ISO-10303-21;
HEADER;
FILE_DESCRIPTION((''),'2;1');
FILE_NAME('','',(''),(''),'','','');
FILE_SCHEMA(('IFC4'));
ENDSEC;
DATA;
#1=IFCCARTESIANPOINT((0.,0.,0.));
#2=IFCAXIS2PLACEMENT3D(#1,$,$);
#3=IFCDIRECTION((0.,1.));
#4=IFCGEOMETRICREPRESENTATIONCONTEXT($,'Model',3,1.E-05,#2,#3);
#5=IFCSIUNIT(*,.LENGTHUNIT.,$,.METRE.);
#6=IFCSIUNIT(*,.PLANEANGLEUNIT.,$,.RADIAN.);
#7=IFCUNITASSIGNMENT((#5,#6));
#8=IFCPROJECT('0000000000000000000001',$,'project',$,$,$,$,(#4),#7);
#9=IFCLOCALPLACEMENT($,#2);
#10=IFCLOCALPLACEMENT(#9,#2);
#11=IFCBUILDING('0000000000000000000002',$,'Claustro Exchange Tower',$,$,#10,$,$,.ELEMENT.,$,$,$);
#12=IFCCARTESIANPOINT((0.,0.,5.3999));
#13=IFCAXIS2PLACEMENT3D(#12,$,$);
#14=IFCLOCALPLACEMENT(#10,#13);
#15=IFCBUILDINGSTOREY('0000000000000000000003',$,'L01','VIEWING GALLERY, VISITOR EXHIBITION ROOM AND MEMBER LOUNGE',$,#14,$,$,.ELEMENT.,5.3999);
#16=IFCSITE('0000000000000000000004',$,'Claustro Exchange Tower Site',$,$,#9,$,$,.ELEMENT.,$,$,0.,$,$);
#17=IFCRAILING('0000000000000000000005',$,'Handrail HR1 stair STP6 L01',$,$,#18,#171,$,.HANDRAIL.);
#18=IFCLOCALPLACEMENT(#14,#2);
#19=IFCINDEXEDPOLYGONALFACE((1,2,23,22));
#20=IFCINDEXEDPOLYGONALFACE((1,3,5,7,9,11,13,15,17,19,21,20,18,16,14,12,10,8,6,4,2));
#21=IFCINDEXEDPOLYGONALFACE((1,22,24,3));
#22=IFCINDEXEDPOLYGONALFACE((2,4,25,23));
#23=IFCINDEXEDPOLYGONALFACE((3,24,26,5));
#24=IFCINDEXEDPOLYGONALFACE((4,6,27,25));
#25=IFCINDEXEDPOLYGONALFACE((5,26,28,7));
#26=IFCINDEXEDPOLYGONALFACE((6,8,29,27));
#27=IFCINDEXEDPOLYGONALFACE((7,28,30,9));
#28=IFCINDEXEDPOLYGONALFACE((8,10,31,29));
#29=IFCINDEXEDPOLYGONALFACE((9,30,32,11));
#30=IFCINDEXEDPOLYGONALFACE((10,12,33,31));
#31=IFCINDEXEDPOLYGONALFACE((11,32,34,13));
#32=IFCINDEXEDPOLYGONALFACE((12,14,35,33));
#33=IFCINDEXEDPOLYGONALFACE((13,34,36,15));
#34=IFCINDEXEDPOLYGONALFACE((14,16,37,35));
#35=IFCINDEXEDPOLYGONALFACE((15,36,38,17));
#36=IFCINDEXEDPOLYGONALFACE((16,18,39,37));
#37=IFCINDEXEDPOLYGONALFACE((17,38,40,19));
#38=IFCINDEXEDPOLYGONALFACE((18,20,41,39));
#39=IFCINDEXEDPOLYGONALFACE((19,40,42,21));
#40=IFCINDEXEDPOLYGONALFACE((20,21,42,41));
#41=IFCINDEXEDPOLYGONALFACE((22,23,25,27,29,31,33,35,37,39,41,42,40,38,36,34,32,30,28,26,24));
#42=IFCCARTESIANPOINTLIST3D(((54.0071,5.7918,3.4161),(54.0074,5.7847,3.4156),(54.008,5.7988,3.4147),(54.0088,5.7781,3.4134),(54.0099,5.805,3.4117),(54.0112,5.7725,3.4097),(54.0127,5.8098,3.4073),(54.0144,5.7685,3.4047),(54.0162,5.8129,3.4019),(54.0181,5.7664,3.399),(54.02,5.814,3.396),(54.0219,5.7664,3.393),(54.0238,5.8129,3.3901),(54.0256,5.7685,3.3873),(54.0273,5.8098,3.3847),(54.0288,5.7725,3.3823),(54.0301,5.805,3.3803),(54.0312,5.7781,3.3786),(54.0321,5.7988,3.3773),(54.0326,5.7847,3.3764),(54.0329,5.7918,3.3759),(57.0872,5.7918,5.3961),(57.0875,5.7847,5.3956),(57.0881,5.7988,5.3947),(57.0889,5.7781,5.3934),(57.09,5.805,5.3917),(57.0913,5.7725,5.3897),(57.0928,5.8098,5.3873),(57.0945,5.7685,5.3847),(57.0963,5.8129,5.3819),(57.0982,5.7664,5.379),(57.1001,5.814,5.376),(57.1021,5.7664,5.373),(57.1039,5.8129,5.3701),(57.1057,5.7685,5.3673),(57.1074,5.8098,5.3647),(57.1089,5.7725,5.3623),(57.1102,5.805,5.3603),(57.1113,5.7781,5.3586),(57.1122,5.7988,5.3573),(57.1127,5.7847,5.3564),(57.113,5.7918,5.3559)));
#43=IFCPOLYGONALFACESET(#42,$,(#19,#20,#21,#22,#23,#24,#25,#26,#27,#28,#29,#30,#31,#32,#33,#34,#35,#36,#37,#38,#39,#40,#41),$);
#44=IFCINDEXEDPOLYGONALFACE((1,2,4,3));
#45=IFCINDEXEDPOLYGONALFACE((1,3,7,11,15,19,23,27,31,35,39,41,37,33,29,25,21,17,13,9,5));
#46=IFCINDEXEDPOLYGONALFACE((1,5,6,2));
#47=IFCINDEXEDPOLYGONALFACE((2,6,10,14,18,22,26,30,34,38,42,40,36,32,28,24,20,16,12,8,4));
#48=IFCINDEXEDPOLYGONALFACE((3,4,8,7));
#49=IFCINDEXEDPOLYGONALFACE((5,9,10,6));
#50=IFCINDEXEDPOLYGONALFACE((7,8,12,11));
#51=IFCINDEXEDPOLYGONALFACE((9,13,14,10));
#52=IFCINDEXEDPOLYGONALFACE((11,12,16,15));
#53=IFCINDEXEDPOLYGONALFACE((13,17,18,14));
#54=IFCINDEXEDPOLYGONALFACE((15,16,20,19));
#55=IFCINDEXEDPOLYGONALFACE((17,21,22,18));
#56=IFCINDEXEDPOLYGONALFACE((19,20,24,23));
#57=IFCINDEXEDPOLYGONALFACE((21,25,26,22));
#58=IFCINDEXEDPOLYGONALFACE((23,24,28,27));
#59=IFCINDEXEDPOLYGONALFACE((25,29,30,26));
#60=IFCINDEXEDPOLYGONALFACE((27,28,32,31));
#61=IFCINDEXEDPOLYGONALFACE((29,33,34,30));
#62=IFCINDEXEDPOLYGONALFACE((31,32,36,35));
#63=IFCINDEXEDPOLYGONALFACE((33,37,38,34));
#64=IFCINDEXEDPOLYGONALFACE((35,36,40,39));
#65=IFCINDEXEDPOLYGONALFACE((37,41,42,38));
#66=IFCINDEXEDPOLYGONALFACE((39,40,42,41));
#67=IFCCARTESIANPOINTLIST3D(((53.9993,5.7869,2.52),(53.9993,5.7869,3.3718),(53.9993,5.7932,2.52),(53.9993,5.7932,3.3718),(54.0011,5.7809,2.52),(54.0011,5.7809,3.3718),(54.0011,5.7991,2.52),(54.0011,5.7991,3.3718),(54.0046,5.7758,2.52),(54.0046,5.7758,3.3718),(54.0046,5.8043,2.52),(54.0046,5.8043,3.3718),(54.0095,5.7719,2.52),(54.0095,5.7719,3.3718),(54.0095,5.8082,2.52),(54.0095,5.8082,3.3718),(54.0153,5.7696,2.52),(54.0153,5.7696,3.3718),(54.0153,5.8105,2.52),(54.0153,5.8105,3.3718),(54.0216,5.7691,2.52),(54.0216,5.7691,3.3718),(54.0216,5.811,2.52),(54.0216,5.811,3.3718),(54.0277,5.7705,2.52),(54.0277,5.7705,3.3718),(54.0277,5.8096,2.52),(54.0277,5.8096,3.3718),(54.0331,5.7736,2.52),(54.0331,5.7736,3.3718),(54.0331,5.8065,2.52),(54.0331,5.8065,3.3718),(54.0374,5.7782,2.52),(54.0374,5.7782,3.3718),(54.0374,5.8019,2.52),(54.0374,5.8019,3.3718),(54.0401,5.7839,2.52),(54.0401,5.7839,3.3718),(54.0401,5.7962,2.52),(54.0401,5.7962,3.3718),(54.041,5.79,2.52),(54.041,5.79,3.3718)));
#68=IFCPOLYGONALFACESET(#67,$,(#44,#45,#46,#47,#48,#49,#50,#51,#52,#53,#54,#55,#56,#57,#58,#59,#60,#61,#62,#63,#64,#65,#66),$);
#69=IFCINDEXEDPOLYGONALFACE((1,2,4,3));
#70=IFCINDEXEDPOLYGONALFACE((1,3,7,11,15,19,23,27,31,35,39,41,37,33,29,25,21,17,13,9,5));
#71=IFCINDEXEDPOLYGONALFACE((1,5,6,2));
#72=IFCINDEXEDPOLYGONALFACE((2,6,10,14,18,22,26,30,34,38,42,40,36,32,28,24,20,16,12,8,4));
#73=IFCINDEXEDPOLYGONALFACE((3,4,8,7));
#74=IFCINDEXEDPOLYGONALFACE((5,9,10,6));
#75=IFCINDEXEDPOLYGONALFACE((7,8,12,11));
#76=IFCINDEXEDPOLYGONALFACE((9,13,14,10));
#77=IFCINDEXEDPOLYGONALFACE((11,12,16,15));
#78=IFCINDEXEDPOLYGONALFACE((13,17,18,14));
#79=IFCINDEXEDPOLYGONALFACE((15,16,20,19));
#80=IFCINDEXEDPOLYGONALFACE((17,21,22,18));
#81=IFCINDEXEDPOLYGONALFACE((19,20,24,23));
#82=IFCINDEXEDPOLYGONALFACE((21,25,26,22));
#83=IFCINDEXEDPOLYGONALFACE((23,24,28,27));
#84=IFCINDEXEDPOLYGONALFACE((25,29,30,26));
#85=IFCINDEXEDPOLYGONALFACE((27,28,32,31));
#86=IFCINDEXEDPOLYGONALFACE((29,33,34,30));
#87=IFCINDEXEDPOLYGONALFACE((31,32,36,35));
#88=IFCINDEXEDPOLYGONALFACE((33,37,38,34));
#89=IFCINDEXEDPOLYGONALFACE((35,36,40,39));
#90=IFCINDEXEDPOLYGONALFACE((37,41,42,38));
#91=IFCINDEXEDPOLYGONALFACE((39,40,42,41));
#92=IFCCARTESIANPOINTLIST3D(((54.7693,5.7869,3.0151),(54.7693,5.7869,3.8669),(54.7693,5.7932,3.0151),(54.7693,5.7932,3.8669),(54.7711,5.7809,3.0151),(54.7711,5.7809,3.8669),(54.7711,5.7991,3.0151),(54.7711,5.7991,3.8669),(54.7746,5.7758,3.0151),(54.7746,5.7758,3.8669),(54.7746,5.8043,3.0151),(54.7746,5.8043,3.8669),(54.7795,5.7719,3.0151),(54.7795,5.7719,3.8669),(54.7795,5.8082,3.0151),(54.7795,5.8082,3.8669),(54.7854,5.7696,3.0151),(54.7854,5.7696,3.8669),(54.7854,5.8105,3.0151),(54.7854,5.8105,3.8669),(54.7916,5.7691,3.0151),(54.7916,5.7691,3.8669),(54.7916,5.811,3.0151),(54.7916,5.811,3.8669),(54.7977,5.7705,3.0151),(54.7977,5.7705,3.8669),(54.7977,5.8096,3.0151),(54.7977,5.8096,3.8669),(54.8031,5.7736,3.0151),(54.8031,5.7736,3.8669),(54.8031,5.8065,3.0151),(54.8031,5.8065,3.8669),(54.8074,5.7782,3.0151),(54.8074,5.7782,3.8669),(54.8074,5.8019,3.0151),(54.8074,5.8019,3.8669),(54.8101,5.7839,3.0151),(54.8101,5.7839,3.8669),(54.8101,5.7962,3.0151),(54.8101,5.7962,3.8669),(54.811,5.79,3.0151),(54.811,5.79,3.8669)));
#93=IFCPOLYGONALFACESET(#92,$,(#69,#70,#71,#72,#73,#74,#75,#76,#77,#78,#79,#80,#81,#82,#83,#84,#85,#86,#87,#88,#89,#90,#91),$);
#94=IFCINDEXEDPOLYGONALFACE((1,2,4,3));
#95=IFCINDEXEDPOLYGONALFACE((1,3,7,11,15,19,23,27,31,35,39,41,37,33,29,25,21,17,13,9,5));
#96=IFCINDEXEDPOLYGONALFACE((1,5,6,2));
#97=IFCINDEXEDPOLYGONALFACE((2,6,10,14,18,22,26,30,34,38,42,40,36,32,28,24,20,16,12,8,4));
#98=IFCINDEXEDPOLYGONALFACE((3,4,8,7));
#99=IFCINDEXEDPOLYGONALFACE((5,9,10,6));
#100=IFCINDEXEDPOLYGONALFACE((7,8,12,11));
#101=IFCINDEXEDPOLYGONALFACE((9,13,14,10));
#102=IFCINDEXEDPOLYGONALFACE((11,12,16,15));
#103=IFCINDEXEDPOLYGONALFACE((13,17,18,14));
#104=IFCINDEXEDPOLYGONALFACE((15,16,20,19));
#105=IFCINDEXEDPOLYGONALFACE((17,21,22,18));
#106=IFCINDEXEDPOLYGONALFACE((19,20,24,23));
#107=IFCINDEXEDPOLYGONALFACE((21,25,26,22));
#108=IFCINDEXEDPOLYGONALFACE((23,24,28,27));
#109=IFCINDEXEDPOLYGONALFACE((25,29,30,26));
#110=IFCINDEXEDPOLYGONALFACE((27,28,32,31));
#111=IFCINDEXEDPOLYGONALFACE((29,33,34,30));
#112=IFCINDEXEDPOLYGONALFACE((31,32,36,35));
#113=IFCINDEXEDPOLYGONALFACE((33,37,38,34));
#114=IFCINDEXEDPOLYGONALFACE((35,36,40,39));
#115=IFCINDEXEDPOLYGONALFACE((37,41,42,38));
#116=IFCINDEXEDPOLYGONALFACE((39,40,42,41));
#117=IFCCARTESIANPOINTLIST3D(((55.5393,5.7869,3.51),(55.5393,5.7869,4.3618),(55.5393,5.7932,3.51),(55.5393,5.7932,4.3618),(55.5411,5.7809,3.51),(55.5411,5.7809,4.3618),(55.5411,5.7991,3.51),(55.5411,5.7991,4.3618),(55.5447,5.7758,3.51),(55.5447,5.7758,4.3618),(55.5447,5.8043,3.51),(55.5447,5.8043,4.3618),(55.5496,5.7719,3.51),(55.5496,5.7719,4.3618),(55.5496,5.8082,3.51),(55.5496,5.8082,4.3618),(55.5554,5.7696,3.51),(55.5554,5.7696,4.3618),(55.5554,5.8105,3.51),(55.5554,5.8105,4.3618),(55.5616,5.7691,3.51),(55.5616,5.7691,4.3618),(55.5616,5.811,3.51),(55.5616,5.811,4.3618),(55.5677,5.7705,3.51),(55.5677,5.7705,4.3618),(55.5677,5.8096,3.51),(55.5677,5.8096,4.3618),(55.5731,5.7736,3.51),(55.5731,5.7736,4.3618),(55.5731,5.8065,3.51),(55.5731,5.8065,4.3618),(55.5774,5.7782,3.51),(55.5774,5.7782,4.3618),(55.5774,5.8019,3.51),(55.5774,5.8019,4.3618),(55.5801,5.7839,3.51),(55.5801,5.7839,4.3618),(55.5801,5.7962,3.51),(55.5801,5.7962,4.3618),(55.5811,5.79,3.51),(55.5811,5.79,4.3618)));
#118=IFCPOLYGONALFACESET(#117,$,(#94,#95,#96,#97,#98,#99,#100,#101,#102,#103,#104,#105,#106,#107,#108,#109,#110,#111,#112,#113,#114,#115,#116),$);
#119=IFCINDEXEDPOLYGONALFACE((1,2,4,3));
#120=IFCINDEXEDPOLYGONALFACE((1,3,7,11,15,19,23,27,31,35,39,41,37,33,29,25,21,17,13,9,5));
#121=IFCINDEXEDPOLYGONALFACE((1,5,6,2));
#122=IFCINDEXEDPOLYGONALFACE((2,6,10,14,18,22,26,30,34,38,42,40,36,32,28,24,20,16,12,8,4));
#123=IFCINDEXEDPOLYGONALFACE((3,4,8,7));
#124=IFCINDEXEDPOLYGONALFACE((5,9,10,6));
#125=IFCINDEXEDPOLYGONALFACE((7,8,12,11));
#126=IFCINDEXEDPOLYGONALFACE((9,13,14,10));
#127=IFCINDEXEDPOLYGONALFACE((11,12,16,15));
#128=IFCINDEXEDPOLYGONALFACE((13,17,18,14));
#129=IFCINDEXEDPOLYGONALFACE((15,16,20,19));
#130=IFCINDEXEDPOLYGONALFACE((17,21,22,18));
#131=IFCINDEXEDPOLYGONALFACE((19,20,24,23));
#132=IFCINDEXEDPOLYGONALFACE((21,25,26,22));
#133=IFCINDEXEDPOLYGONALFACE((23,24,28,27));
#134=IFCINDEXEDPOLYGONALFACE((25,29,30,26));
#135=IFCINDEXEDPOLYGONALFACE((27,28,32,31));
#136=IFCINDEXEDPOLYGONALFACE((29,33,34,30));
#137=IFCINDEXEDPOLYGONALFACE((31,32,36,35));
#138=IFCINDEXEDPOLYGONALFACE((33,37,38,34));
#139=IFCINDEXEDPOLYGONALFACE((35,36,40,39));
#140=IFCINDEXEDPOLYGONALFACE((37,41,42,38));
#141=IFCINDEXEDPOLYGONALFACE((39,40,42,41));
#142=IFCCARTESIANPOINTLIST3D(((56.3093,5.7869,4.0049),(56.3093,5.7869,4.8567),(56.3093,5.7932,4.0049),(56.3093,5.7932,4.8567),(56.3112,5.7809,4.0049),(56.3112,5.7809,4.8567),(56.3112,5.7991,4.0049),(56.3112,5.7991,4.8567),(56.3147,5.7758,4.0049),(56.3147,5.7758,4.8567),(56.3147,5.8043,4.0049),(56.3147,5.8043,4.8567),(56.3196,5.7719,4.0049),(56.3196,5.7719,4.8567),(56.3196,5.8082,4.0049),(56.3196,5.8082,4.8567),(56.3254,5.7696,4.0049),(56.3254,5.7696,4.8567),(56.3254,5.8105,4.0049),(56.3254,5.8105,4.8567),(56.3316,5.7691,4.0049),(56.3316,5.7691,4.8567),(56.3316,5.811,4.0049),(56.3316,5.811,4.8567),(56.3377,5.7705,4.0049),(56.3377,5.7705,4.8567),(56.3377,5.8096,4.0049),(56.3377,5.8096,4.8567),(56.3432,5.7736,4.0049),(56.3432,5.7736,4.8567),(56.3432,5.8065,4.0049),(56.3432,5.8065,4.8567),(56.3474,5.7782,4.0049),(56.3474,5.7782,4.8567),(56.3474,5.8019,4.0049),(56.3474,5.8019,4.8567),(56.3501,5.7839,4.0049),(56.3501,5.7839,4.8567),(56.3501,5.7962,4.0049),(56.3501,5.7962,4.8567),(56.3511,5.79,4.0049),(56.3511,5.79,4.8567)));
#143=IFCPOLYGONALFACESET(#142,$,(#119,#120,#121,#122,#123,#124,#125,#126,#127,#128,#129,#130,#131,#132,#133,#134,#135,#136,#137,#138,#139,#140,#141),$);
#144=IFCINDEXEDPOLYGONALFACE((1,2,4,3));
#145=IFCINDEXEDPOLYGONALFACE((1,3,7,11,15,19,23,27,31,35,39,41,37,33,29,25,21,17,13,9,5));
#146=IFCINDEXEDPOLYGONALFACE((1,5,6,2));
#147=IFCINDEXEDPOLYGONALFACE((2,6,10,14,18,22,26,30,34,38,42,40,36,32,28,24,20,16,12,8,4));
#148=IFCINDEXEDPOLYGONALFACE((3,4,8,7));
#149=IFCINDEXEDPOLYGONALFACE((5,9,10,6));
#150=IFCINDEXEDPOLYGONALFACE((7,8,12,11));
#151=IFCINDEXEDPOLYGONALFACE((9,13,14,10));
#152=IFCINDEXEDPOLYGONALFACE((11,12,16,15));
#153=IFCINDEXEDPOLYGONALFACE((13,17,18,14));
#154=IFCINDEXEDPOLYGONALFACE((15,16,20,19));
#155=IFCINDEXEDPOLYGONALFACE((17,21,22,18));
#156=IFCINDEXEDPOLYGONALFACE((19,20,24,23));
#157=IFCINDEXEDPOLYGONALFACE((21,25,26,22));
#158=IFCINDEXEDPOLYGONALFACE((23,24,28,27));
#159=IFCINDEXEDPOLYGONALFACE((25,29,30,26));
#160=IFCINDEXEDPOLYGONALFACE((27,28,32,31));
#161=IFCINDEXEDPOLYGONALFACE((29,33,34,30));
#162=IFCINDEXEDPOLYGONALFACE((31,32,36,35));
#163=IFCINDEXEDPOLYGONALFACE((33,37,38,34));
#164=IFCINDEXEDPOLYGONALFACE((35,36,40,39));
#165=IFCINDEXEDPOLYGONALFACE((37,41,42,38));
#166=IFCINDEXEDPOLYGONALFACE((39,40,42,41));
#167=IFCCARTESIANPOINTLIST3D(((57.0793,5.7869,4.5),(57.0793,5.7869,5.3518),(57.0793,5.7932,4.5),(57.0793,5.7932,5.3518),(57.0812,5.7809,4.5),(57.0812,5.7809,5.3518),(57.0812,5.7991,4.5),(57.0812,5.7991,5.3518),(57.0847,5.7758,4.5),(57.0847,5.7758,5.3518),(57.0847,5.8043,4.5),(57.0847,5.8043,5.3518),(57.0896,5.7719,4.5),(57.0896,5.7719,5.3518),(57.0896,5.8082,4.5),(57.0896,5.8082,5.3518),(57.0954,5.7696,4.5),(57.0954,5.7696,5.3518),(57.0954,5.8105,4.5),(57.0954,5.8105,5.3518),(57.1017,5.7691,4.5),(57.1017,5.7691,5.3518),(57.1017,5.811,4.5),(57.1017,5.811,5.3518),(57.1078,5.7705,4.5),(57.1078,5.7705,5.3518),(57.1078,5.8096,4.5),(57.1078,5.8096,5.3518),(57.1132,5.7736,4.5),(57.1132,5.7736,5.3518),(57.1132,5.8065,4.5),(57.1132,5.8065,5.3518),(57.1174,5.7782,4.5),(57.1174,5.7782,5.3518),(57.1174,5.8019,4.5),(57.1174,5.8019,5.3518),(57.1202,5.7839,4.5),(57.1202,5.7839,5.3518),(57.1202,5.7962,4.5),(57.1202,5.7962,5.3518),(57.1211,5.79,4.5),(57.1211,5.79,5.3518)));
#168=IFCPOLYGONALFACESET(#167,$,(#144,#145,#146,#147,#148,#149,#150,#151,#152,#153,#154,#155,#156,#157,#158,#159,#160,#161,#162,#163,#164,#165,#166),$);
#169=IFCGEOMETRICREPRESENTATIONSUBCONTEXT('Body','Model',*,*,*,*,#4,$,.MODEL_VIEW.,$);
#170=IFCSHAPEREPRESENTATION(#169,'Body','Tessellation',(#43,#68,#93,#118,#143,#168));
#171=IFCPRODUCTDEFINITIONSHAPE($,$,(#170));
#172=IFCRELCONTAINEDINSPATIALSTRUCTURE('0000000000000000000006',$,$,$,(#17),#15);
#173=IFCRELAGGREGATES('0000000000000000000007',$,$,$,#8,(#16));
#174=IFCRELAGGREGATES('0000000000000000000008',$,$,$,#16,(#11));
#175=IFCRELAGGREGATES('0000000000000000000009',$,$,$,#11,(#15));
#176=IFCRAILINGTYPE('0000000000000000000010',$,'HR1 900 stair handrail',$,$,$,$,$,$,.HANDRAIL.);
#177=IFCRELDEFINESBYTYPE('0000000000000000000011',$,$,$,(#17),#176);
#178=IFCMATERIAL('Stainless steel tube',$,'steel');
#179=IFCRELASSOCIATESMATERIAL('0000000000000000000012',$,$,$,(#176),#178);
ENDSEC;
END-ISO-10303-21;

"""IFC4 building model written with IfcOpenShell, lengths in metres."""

from ifc_helpers import new_model, si_unit, direction, frame, origin, origin_2d, place, context, subcontext, project, spatial, circle, extrude, material, type_object, element, save


model = new_model("IFC4")

# Units and contexts
model_context = context("Model", 3, precision=1e-05, world=origin(), true_north=direction((0.0, 1.0)))
body_context = subcontext(model_context, "Body", "Model", "MODEL_VIEW")
ifc_project = project(units=[si_unit("LENGTHUNIT", "METRE"), si_unit("PLANEANGLEUNIT", "RADIAN")], contexts=[model_context])

# Site, building, storey
site_placement = place(None, origin())
site = spatial("IfcSite", under=ifc_project, at=site_placement, Name="Claustro Exchange Tower Site", CompositionType="ELEMENT", RefElevation=0.0)
building_placement = place(site_placement, origin())
building = spatial("IfcBuilding", under=site, at=building_placement, Name="Claustro Exchange Tower", CompositionType="ELEMENT")
storey_placement = place(building_placement, frame((0.0, 0.0, 5.3999)))
storey = spatial("IfcBuildingStorey", under=building, at=storey_placement, Name="L01", Description="VIEWING GALLERY, VISITOR EXHIBITION ROOM AND MEMBER LOUNGE", CompositionType="ELEMENT", Elevation=5.3999)

# Railing
ifc_material_1 = material(Name="Stainless steel tube", Category="steel")
railing_type_1 = type_object("IfcRailingType", Name="HR1 900 stair handrail", PredefinedType="HANDRAIL", material=ifc_material_1)
railing_1_placement = place(storey_placement, frame((54.02, 5.79, 2.52)))
element("IfcRailing", 1, at=railing_1_placement, inside=storey, type_object=railing_type_1, Name="Handrail HR1 stair STP6 L01", PredefinedType="HANDRAIL", context=body_context, shape_type="SweptSolid", body=[
    extrude(circle(Radius=0.0239, at=origin_2d()), frame((0.0, 0.0, 0.876), z_axis=(0.841187, 0.0, 0.540744), x_axis=(0.0, 1.0, 0.0)), (0.0, 0.0, 1.0), 3.6616),
    extrude(circle(Radius=0.021, at=origin_2d()), origin(), (0.0, 0.0, 1.0), 0.8518),
    extrude(circle(Radius=0.021, at=origin_2d()), frame((0.77, 0.0, 0.4951)), (0.0, 0.0, 1.0), 0.8518),
    extrude(circle(Radius=0.021, at=origin_2d()), frame((1.54, 0.0, 0.99)), (0.0, 0.0, 1.0), 0.8518),
    extrude(circle(Radius=0.021, at=origin_2d()), frame((2.3101, 0.0, 1.4849)), (0.0, 0.0, 1.0), 0.8518),
    extrude(circle(Radius=0.021, at=origin_2d()), frame((3.0801, 0.0, 1.98)), (0.0, 0.0, 1.0), 0.8518),
])

save(model, "model.ifc")
